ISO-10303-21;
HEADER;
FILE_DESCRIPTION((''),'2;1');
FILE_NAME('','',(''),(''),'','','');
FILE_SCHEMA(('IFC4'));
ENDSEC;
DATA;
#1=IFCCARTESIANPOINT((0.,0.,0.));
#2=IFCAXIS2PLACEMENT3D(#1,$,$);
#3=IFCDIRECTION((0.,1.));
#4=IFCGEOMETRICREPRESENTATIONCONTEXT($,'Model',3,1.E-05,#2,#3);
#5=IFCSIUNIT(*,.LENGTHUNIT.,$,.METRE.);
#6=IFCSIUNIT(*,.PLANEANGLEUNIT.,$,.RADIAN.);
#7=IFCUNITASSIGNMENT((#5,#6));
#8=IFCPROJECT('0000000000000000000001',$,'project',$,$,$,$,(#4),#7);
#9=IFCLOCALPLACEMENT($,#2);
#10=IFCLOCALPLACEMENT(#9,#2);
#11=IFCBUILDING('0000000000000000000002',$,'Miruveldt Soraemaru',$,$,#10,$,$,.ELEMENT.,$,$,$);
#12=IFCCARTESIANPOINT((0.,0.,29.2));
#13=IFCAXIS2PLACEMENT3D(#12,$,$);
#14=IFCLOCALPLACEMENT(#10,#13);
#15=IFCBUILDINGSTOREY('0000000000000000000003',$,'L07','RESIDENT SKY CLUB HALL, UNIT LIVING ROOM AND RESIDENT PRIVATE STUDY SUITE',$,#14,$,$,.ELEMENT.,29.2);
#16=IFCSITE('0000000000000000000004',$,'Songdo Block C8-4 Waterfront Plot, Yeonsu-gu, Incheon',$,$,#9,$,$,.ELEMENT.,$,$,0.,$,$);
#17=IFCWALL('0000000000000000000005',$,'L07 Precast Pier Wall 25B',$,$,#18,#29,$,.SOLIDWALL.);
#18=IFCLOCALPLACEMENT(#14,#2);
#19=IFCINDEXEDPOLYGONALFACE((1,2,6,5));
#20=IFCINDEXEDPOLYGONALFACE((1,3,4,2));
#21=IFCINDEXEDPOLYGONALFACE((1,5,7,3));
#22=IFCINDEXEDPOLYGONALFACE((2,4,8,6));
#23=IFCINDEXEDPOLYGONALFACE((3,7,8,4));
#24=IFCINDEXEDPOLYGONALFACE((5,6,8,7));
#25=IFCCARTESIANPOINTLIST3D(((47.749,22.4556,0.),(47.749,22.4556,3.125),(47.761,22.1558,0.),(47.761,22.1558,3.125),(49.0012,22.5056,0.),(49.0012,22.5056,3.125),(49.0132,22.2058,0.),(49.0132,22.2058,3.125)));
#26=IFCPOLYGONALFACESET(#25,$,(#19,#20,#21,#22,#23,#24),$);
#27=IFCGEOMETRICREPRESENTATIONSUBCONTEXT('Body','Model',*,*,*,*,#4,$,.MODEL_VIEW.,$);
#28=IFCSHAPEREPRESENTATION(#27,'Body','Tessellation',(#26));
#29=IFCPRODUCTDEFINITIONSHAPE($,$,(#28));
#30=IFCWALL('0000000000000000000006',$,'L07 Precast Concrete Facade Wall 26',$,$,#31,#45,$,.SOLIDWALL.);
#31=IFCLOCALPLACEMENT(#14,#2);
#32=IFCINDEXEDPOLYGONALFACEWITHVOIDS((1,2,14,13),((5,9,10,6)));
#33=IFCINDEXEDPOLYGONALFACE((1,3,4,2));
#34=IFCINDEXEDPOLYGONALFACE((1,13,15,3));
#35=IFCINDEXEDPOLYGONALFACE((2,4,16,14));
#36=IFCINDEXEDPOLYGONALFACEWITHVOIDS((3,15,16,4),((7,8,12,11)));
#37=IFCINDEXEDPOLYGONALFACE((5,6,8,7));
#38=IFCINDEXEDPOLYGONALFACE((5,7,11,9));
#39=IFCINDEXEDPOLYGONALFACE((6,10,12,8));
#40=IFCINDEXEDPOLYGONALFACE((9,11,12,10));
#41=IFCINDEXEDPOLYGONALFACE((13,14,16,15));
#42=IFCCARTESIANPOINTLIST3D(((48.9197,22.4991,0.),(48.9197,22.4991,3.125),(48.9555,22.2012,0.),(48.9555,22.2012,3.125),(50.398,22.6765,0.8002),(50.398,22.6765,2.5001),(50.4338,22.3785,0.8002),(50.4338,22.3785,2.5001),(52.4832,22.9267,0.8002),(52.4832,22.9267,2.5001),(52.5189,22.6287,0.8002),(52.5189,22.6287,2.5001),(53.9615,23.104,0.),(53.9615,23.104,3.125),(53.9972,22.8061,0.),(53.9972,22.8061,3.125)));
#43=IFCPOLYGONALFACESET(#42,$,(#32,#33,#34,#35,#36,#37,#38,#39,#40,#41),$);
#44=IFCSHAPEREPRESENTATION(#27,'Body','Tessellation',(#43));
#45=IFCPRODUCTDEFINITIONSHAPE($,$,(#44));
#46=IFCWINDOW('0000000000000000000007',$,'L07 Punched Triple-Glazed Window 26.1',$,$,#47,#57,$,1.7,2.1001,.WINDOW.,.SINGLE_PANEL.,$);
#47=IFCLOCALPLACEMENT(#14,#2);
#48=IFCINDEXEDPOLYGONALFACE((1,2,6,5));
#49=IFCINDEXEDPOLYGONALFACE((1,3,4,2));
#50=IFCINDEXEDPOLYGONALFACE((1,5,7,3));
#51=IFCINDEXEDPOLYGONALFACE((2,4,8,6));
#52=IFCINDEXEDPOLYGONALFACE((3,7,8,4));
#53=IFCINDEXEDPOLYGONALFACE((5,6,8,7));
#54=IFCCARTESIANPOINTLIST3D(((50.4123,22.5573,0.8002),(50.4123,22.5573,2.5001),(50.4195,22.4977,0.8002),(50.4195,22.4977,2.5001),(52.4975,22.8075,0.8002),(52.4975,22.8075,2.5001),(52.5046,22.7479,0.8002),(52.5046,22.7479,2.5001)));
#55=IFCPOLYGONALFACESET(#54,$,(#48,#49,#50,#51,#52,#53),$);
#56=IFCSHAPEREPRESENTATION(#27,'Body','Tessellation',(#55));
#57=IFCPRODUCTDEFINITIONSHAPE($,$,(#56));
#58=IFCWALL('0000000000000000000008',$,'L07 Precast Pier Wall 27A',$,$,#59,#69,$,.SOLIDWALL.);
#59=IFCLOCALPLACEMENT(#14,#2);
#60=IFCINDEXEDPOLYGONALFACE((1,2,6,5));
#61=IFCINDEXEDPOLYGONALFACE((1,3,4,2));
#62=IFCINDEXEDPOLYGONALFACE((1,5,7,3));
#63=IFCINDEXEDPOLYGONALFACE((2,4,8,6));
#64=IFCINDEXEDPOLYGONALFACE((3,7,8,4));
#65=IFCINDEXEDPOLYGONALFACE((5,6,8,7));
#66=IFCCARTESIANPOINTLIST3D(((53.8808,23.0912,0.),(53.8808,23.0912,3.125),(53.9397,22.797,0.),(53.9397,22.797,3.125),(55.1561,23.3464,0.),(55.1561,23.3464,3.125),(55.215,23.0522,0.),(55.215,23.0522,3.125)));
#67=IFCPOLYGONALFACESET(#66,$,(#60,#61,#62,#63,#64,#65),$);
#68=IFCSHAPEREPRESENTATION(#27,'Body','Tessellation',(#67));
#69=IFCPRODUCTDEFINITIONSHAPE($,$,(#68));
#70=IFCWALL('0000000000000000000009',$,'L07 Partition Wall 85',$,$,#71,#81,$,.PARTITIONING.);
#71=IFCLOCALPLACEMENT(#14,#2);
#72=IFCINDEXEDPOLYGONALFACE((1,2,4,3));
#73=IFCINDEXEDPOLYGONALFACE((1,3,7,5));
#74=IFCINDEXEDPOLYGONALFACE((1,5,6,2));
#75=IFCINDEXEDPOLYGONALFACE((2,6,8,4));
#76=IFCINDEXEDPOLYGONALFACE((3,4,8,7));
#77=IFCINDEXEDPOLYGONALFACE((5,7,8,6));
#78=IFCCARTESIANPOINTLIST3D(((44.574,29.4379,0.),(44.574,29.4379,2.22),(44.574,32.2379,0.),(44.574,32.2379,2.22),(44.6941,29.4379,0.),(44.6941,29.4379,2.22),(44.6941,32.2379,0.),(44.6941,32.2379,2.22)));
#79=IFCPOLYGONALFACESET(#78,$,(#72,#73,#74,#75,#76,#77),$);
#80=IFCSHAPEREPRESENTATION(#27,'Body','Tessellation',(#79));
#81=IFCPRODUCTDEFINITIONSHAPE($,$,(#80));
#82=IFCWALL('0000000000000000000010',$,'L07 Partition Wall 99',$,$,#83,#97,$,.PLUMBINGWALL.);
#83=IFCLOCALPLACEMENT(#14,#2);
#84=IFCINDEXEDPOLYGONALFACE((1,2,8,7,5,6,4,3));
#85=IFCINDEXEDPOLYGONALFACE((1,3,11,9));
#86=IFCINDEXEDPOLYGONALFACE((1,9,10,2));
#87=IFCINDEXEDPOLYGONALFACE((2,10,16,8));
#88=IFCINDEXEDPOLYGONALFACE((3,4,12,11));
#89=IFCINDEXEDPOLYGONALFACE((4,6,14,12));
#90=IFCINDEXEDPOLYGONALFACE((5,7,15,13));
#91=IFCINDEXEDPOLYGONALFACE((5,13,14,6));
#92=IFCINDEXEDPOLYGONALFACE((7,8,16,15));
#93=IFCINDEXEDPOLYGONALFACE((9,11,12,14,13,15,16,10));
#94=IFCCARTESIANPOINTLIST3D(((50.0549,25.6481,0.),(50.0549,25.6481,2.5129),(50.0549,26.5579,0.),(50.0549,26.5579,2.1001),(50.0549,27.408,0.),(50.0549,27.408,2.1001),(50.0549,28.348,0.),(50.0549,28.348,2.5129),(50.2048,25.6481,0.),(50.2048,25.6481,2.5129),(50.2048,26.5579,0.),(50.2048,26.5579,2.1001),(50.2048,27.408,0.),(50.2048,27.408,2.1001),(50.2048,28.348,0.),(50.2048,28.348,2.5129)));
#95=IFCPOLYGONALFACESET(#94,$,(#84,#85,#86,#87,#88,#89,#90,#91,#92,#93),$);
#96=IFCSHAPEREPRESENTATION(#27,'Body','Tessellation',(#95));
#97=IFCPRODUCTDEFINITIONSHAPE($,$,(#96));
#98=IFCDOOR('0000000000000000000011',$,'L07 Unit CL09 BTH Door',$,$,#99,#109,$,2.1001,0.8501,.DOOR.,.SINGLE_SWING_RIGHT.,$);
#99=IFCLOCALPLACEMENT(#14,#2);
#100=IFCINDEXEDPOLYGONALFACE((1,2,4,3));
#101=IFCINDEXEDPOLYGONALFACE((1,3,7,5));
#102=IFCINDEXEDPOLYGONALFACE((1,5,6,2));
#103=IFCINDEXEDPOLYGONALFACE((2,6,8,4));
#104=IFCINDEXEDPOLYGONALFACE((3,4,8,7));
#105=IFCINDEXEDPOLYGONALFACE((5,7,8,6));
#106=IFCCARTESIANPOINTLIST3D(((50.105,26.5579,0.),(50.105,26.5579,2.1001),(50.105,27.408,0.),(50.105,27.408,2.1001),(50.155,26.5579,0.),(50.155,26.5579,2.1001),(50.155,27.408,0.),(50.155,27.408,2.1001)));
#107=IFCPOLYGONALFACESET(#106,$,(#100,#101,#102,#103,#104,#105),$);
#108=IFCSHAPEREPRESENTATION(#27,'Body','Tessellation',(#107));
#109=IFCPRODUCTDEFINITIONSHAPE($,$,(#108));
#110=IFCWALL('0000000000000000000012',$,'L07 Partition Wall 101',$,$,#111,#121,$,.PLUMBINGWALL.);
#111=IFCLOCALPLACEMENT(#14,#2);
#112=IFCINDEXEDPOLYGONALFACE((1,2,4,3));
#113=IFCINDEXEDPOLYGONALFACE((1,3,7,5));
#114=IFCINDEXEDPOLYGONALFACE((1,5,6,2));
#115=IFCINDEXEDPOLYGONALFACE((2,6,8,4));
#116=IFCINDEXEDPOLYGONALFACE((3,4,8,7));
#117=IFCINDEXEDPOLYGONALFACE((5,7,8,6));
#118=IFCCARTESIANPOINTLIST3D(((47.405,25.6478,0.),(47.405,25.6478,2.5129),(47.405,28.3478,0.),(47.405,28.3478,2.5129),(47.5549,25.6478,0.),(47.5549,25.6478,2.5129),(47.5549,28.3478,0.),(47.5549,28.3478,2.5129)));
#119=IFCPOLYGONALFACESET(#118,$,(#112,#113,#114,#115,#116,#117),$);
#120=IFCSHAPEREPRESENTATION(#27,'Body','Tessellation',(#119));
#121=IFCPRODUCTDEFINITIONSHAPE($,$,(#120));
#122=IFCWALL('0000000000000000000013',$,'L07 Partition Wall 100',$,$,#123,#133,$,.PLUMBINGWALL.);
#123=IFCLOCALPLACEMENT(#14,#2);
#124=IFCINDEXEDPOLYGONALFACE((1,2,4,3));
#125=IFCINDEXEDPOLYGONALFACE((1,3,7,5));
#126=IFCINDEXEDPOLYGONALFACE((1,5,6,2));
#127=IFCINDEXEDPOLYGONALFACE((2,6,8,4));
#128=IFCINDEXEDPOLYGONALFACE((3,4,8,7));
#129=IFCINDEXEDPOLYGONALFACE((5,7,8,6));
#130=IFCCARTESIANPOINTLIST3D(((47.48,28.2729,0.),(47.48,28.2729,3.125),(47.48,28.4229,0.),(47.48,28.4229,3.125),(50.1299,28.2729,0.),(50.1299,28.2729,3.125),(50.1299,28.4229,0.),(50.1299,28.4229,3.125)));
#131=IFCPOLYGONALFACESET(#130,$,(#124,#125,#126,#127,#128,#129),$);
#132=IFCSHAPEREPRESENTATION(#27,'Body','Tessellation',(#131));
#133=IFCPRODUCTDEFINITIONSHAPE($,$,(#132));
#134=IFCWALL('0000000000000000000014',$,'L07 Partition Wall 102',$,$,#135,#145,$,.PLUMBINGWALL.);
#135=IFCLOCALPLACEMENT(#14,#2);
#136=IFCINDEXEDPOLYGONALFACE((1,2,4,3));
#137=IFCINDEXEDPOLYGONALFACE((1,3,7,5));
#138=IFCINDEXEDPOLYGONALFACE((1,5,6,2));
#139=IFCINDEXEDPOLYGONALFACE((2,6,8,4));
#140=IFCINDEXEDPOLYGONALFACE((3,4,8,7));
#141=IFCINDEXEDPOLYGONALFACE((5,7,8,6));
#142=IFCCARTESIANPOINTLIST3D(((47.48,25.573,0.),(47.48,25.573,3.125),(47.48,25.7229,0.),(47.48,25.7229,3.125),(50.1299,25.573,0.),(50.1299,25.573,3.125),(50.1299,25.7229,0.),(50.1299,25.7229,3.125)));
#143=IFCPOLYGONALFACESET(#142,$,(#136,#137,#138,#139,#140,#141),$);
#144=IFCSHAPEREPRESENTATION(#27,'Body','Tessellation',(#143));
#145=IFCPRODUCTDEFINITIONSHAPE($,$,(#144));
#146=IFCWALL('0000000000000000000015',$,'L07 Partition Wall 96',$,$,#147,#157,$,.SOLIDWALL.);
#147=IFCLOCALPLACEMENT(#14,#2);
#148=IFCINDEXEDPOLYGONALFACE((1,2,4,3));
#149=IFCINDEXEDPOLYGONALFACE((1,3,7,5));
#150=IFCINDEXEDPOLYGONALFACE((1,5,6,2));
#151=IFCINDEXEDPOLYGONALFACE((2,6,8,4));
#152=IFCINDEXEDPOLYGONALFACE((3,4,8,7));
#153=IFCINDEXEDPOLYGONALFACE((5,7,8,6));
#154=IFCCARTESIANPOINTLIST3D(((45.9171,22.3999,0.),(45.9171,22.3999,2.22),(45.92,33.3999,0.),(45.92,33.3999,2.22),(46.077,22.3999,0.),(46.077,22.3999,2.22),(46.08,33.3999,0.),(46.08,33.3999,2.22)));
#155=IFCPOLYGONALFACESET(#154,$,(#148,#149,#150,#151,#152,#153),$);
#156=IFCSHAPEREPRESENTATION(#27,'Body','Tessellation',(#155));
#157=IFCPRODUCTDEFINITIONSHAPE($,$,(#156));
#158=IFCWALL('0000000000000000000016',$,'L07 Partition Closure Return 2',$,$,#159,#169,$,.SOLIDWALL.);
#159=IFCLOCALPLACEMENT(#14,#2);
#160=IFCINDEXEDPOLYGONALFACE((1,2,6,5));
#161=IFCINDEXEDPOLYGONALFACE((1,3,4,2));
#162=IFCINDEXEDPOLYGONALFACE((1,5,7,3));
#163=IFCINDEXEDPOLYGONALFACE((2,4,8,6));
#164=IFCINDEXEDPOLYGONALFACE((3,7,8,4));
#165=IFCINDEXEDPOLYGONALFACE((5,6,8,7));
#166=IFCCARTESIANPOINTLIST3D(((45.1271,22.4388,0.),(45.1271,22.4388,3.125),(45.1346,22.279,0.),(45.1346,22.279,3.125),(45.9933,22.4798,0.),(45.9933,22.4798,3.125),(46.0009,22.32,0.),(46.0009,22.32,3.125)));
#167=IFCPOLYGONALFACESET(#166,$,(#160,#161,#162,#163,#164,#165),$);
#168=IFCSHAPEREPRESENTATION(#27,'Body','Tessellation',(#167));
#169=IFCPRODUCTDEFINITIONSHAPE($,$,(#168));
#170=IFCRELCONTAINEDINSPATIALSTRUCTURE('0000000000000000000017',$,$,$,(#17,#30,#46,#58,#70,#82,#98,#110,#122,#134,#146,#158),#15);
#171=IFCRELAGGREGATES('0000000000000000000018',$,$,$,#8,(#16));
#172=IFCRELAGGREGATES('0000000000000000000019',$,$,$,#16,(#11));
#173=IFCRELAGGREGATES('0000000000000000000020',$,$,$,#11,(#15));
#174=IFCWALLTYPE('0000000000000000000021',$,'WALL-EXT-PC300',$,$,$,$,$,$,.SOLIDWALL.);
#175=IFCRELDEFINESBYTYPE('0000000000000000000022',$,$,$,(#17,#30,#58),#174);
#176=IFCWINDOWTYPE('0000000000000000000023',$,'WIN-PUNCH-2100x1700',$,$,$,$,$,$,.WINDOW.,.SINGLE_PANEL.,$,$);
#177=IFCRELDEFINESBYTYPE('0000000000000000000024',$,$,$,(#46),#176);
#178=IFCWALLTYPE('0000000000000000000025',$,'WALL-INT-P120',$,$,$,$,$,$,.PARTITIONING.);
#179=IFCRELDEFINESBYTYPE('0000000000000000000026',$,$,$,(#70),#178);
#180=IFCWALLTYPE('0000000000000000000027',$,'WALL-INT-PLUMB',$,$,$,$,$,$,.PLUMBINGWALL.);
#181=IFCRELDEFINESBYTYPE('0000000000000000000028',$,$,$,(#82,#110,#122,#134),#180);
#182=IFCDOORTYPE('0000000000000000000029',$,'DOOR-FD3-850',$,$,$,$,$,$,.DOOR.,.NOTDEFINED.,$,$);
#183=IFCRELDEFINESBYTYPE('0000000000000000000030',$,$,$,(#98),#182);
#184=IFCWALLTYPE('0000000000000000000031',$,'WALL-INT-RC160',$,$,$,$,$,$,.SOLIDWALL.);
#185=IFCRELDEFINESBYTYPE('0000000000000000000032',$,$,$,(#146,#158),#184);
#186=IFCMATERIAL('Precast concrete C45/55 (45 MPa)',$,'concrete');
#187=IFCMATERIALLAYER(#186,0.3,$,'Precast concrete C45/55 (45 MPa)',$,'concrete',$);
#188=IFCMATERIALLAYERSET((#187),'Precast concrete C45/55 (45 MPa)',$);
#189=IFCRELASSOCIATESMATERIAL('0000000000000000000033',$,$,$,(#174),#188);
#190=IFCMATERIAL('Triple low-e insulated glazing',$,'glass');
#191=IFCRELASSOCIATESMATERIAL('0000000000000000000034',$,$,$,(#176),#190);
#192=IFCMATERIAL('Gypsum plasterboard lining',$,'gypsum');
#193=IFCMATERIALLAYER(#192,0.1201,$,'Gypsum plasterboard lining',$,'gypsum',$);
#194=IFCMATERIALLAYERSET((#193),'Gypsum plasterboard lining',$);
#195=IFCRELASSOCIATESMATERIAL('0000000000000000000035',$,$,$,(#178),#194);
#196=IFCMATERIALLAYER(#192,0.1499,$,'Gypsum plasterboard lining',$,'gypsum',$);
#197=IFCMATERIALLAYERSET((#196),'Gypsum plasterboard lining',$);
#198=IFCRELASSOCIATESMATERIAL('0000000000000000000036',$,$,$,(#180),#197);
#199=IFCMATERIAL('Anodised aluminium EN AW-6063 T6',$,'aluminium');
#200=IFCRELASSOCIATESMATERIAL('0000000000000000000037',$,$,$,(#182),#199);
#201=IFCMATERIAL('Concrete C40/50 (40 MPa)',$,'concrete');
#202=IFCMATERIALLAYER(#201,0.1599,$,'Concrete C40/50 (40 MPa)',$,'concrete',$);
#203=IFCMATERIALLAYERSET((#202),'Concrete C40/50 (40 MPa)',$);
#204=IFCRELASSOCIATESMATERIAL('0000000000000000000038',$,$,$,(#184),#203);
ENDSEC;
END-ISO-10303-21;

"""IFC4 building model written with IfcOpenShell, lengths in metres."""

from ifc_helpers import new_model, si_unit, direction, frame, frame_2d, origin, place, context, subcontext, project, spatial, rectangle, extrude, material, layer, layer_set, type_object, element, fill, save


model = new_model("IFC4")

# Units and contexts
model_context = context("Model", 3, precision=1e-05, world=origin(), true_north=direction((0.0, 1.0)))
body_context = subcontext(model_context, "Body", "Model", "MODEL_VIEW")
ifc_project = project(units=[si_unit("LENGTHUNIT", "METRE"), si_unit("PLANEANGLEUNIT", "RADIAN")], contexts=[model_context])

# Site, building, storey
site_placement = place(None, origin())
site = spatial("IfcSite", under=ifc_project, at=site_placement, Name="Songdo Block C8-4 Waterfront Plot, Yeonsu-gu, Incheon", CompositionType="ELEMENT", RefElevation=0.0)
building_placement = place(site_placement, origin())
building = spatial("IfcBuilding", under=site, at=building_placement, Name="Miruveldt Soraemaru", CompositionType="ELEMENT")
storey_placement = place(building_placement, frame((0.0, 0.0, 29.2)))
storey = spatial("IfcBuildingStorey", under=building, at=storey_placement, Name="L07", Description="RESIDENT SKY CLUB HALL, UNIT LIVING ROOM AND RESIDENT PRIVATE STUDY SUITE", CompositionType="ELEMENT", Elevation=29.2)

# Shared definitions
ifc_material_1 = material(Name="Anodised aluminium EN AW-6063 T6", Category="aluminium")

# Shared definitions
ifc_material_2 = material(Name="Triple low-e insulated glazing", Category="glass")

# Wall
ifc_material_3 = material(Name="Precast concrete C45/55 (45 MPa)", Category="concrete")
ifc_layer_1 = layer(ifc_material_3, 0.3, Name="Precast concrete C45/55 (45 MPa)", Category="concrete")
ifc_layer_set_1 = layer_set([ifc_layer_1], Name="Precast concrete C45/55 (45 MPa)")
wall_type_1 = type_object("IfcWallType", Name="WALL-EXT-PC300", PredefinedType="SOLIDWALL", material=ifc_layer_set_1)
wall_1_placement = place(storey_placement, frame((47.7551, 22.3057, 0.0), z_axis=(0.0, 0.0, 1.0), x_axis=(0.999202, 0.039937, 0.0)))
element("IfcWall", 1, at=wall_1_placement, inside=storey, type_object=wall_type_1, Name="L07 Precast Pier Wall 25B", PredefinedType="SOLIDWALL", context=body_context, shape_type="SweptSolid", body=[
    extrude(rectangle(XDim=1.2532, YDim=0.3, at=frame_2d((0.6265, 0.0))), origin(), (0.0, 0.0, 1.0), 3.125),
])

# Wall, opening, window
wall_2_placement = place(storey_placement, frame((48.9375, 22.3501, 0.0), z_axis=(0.0, 0.0, 1.0), x_axis=(0.992878, 0.11914, 0.0)))
wall_2 = element("IfcWall", 2, at=wall_2_placement, inside=storey, type_object=wall_type_1, Name="L07 Precast Concrete Facade Wall 26", PredefinedType="SOLIDWALL", context=body_context, shape_type="SweptSolid", body=[
    extrude(rectangle(XDim=5.0779, YDim=0.3, at=frame_2d((2.5391, 0.0))), origin(), (0.0, 0.0, 1.0), 3.125),
])
opening_1_placement = place(wall_2_placement, frame((1.489, 0.0, 0.8)))
opening_1 = element("IfcOpeningElement", 3, at=opening_1_placement, cuts=wall_2, PredefinedType="OPENING", context=body_context, shape_type="SweptSolid", body=[
    extrude(rectangle(XDim=2.1001, YDim=1.7, at=frame_2d((1.05, 0.8501))), frame((0.0, 0.1602, 0.0), z_axis=(0.0, -1.0, 0.0), x_axis=(1.0, 0.0, 0.0)), (0.0, 0.0, 1.0), 0.3201),
])
window_type_1 = type_object("IfcWindowType", Name="WIN-PUNCH-2100x1700", PartitioningType="SINGLE_PANEL", PredefinedType="WINDOW", material=ifc_material_2)
window_1_placement = place(opening_1_placement, origin())
window_1 = element("IfcWindow", 4, at=window_1_placement, inside=storey, type_object=window_type_1, Name="L07 Punched Triple-Glazed Window 26.1", OverallHeight=1.7, OverallWidth=2.1001, PartitioningType="SINGLE_PANEL", PredefinedType="WINDOW", context=body_context, shape_type="SweptSolid", body=[
    extrude(rectangle(XDim=2.1001, YDim=1.7, at=frame_2d((1.05, 0.8501))), frame((0.0, 0.03, 0.0), z_axis=(0.0, -1.0, 0.0), x_axis=(1.0, 0.0, 0.0)), (0.0, 0.0, 1.0), 0.0601),
])
fill(opening_1, window_1)

# Walls
wall_3_placement = place(storey_placement, frame((53.9102, 22.9441, 0.0), z_axis=(0.0, 0.0, 1.0), x_axis=(0.980566, 0.196188, 0.0)))
element("IfcWall", 5, at=wall_3_placement, inside=storey, type_object=wall_type_1, Name="L07 Precast Pier Wall 27A", PredefinedType="SOLIDWALL", context=body_context, shape_type="SweptSolid", body=[
    extrude(rectangle(XDim=1.3005, YDim=0.3, at=frame_2d((0.6504, 0.0))), origin(), (0.0, 0.0, 1.0), 3.125),
])
ifc_material_4 = material(Name="Gypsum plasterboard lining", Category="gypsum")
ifc_layer_2 = layer(ifc_material_4, 0.1201, Name="Gypsum plasterboard lining", Category="gypsum")
ifc_layer_set_2 = layer_set([ifc_layer_2], Name="Gypsum plasterboard lining")
wall_type_2 = type_object("IfcWallType", Name="WALL-INT-P120", PredefinedType="PARTITIONING", material=ifc_layer_set_2)
wall_4_placement = place(storey_placement, frame((44.634, 29.438, 0.0), z_axis=(0.0, 0.0, 1.0), x_axis=(0.0, 1.0, 0.0)))
element("IfcWall", 6, at=wall_4_placement, inside=storey, type_object=wall_type_2, Name="L07 Partition Wall 85", PredefinedType="PARTITIONING", context=body_context, shape_type="SweptSolid", body=[
    extrude(rectangle(XDim=2.8, YDim=0.1201, at=frame_2d((1.3999, 0.0))), origin(), (0.0, 0.0, 1.0), 2.22),
])

# Wall, opening, door
ifc_layer_3 = layer(ifc_material_4, 0.1499, Name="Gypsum plasterboard lining", Category="gypsum")
ifc_layer_set_3 = layer_set([ifc_layer_3], Name="Gypsum plasterboard lining")
wall_type_3 = type_object("IfcWallType", Name="WALL-INT-PLUMB", PredefinedType="PLUMBINGWALL", material=ifc_layer_set_3)
wall_5_placement = place(storey_placement, frame((50.1299, 25.6479, 0.0), z_axis=(0.0, 0.0, 1.0), x_axis=(0.0, 1.0, 0.0)))
wall_5 = element("IfcWall", 7, at=wall_5_placement, inside=storey, type_object=wall_type_3, Name="L07 Partition Wall 99", PredefinedType="PLUMBINGWALL", context=body_context, shape_type="SweptSolid", body=[
    extrude(rectangle(XDim=2.7, YDim=0.1499, at=frame_2d((1.3501, 0.0))), origin(), (0.0, 0.0, 1.0), 2.5129),
])
opening_2_placement = place(wall_5_placement, frame((0.9099, 0.0, 0.0)))
opening_2 = element("IfcOpeningElement", 8, at=opening_2_placement, cuts=wall_5, PredefinedType="OPENING", context=body_context, shape_type="SweptSolid", body=[
    extrude(rectangle(XDim=0.8501, YDim=2.1001, at=frame_2d((0.425, 1.05))), frame((0.0, 0.085, 0.0), z_axis=(0.0, -1.0, 0.0), x_axis=(1.0, 0.0, 0.0)), (0.0, 0.0, 1.0), 0.1699),
])
door_type = type_object("IfcDoorType", Name="DOOR-FD3-850", OperationType="NOTDEFINED", PredefinedType="DOOR", material=ifc_material_1)
door_placement = place(opening_2_placement, origin())
door = element("IfcDoor", 9, at=door_placement, inside=storey, type_object=door_type, Name="L07 Unit CL09 BTH Door", OperationType="SINGLE_SWING_RIGHT", OverallHeight=2.1001, OverallWidth=0.8501, PredefinedType="DOOR", context=body_context, shape_type="SweptSolid", body=[
    extrude(rectangle(XDim=0.8501, YDim=2.1001, at=frame_2d((0.425, 1.05))), frame((0.0, 0.0249, 0.0), z_axis=(0.0, -1.0, 0.0), x_axis=(1.0, 0.0, 0.0)), (0.0, 0.0, 1.0), 0.05),
])
fill(opening_2, door)

# Walls
wall_6_placement = place(storey_placement, frame((47.48, 28.3479, 0.0), z_axis=(0.0, 0.0, 1.0), x_axis=(0.0, -1.0, 0.0)))
element("IfcWall", 10, at=wall_6_placement, inside=storey, type_object=wall_type_3, Name="L07 Partition Wall 101", PredefinedType="PLUMBINGWALL", context=body_context, shape_type="SweptSolid", body=[
    extrude(rectangle(XDim=2.7, YDim=0.1499, at=frame_2d((1.3501, 0.0))), origin(), (0.0, 0.0, 1.0), 2.5129),
])
for number, where, z_axis, x_axis, name in (
    (11, (50.1299, 28.3479, 0.0), (0.0, 0.0, 1.0), (-1.0, 0.0, 0.0), "L07 Partition Wall 100"),
    (12, (47.48, 25.6479, 0.0), (0.0, 0.0, 1.0), (1.0, 0.0, 0.0), "L07 Partition Wall 102"),
):
    element("IfcWall", number, at=place(storey_placement, frame(where, z_axis=z_axis, x_axis=x_axis)), inside=storey, type_object=wall_type_3, Name=name, PredefinedType="PLUMBINGWALL", context=body_context, shape_type="SweptSolid", body=[
        extrude(rectangle(XDim=2.6499, YDim=0.1499, at=frame_2d((1.325, 0.0))), origin(), (0.0, 0.0, 1.0), 3.125),
    ])
ifc_material_5 = material(Name="Concrete C40/50 (40 MPa)", Category="concrete")
ifc_layer_4 = layer(ifc_material_5, 0.1599, Name="Concrete C40/50 (40 MPa)", Category="concrete")
ifc_layer_set_4 = layer_set([ifc_layer_4], Name="Concrete C40/50 (40 MPa)")
wall_type_4 = type_object("IfcWallType", Name="WALL-INT-RC160", PredefinedType="SOLIDWALL", material=ifc_layer_set_4)
wall_7_placement = place(storey_placement, frame((45.9971, 22.3999, 0.0), z_axis=(0.0, 0.0, 1.0), x_axis=(0.000266, 1.0, 0.0)))
element("IfcWall", 13, at=wall_7_placement, inside=storey, type_object=wall_type_4, Name="L07 Partition Wall 96", PredefinedType="SOLIDWALL", context=body_context, shape_type="SweptSolid", body=[
    extrude(rectangle(XDim=11.0, YDim=0.1599, at=frame_2d((5.5, 0.0))), origin(), (0.0, 0.0, 1.0), 2.22),
])
wall_8_placement = place(storey_placement, frame((45.9971, 22.3999, 0.0), z_axis=(0.0, 0.0, 1.0), x_axis=(-0.998881, -0.047298, 0.0)))
element("IfcWall", 14, at=wall_8_placement, inside=storey, type_object=wall_type_4, Name="L07 Partition Closure Return 2", PredefinedType="SOLIDWALL", context=body_context, shape_type="SweptSolid", body=[
    extrude(rectangle(XDim=0.8672, YDim=0.1599, at=frame_2d((0.4336, 0.0))), origin(), (0.0, 0.0, 1.0), 3.125),
])

save(model, "model.ifc")
